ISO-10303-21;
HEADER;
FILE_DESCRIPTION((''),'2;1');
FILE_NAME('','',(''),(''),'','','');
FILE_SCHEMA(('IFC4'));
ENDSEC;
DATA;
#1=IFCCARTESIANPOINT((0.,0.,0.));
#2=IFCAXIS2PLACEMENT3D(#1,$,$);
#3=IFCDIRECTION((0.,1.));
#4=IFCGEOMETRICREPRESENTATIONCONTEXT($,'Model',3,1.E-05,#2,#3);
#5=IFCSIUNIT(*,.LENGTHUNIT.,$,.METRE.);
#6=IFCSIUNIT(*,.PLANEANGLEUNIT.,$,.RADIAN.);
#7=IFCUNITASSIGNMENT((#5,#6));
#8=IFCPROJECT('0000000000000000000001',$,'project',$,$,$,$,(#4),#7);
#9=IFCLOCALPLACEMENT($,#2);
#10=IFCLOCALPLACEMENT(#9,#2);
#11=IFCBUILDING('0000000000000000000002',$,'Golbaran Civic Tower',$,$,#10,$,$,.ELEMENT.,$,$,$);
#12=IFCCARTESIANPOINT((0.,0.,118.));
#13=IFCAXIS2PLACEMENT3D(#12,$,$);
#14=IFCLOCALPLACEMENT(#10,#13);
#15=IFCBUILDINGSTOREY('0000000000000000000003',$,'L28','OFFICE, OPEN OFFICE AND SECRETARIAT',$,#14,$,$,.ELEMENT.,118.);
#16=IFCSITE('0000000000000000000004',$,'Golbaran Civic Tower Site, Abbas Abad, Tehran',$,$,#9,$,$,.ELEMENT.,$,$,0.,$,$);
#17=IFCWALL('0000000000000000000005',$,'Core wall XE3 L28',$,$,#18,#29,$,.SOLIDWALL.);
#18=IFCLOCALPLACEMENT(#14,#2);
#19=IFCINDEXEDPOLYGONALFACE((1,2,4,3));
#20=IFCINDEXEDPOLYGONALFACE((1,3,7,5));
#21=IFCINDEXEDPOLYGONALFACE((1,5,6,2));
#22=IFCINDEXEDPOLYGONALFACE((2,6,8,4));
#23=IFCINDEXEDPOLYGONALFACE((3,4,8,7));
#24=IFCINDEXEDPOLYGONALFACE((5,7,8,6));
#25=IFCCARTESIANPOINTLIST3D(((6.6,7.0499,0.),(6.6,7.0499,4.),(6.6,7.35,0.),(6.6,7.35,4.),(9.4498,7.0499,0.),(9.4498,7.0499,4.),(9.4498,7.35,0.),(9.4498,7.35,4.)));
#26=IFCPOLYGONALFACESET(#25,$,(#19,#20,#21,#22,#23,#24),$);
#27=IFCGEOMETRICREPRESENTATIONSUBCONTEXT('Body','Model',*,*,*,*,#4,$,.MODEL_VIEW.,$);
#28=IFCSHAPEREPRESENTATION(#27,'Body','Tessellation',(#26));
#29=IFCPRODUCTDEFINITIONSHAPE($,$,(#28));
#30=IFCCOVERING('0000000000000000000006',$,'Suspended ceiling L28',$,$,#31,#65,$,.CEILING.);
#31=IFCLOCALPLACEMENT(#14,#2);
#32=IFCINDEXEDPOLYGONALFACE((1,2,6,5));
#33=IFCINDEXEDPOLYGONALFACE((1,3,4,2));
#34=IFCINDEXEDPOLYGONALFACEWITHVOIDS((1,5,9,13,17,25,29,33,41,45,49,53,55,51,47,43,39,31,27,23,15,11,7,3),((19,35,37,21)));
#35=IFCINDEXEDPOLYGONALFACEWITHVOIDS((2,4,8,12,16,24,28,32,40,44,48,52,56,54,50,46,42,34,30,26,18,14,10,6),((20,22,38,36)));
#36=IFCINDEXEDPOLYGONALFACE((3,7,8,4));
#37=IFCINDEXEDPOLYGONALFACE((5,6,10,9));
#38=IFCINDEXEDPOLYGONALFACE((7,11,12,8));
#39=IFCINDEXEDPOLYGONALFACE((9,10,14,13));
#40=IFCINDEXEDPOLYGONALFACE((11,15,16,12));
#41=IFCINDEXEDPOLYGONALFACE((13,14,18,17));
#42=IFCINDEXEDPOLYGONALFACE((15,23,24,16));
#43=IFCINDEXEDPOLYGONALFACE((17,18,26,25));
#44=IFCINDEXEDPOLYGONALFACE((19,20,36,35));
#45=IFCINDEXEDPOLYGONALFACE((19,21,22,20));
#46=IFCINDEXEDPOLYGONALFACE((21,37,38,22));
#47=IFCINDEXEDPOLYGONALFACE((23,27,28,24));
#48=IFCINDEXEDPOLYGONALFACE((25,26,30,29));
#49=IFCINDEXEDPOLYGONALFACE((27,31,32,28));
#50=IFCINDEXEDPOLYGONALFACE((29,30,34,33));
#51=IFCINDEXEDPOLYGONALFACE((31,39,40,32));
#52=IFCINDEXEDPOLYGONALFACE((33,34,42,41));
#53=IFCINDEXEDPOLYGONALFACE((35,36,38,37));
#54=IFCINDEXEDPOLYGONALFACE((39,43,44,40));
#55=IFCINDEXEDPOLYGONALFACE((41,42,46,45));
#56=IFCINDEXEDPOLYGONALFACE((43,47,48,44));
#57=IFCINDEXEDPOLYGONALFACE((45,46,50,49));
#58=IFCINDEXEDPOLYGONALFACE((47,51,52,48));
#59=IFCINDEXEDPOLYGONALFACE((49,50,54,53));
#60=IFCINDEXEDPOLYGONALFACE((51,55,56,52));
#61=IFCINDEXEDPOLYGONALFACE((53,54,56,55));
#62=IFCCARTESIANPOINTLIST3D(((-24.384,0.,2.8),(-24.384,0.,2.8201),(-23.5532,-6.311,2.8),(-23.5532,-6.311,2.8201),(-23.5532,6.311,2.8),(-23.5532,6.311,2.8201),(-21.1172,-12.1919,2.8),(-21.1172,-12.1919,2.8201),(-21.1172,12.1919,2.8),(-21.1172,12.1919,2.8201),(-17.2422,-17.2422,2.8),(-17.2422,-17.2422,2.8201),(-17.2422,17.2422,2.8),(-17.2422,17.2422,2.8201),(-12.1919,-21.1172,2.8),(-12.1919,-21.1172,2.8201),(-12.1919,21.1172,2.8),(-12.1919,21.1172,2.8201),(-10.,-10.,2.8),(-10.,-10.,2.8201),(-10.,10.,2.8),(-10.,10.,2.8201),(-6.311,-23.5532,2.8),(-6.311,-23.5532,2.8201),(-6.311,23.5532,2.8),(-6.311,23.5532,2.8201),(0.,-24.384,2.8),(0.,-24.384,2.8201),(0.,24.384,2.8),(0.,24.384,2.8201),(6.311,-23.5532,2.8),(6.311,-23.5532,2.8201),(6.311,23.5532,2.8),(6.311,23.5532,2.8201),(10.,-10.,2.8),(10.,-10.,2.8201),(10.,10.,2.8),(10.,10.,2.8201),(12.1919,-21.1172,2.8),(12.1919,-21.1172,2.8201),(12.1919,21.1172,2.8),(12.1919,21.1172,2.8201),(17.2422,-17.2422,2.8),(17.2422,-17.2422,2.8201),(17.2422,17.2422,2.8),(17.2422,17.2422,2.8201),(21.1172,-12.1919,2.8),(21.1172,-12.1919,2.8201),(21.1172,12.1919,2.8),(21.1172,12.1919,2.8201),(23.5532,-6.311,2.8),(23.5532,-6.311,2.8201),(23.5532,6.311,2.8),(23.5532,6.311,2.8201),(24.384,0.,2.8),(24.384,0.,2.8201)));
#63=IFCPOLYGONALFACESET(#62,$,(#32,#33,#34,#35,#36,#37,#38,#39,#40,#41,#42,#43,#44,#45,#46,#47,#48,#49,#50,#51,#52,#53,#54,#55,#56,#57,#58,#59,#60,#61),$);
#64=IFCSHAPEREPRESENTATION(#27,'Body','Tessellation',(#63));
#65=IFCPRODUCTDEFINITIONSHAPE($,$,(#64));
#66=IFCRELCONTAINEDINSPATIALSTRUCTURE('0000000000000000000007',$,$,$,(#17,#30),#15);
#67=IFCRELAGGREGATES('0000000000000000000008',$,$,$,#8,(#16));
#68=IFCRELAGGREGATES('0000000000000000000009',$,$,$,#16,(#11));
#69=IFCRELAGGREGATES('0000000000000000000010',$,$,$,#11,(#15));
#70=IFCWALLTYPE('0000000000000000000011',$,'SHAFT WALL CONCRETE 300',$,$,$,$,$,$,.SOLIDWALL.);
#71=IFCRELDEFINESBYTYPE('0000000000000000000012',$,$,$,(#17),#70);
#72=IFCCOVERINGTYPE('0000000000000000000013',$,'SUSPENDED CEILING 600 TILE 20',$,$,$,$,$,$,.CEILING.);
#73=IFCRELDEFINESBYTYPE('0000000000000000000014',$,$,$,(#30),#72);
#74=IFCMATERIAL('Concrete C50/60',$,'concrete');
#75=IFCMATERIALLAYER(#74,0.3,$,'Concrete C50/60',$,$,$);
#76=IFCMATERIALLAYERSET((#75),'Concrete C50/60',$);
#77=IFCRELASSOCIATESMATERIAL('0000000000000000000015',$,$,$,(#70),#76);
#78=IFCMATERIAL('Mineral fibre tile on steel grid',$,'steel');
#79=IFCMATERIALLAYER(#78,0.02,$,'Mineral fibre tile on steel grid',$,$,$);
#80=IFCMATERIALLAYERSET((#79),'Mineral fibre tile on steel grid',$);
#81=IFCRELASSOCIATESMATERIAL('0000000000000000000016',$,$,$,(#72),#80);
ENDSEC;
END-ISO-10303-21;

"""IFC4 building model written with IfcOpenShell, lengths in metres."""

from ifc_helpers import new_model, si_unit, direction, frame, frame_2d, origin, place, context, subcontext, project, spatial, polyline, rectangle, outline, extrude, material, layer, layer_set, type_object, element, save


model = new_model("IFC4")

# Units and contexts
model_context = context("Model", 3, precision=1e-05, world=origin(), true_north=direction((0.0, 1.0)))
body_context = subcontext(model_context, "Body", "Model", "MODEL_VIEW")
ifc_project = project(units=[si_unit("LENGTHUNIT", "METRE"), si_unit("PLANEANGLEUNIT", "RADIAN")], contexts=[model_context])

# Site, building, storey
site_placement = place(None, origin())
site = spatial("IfcSite", under=ifc_project, at=site_placement, Name="Golbaran Civic Tower Site, Abbas Abad, Tehran", CompositionType="ELEMENT", RefElevation=0.0)
building_placement = place(site_placement, origin())
building = spatial("IfcBuilding", under=site, at=building_placement, Name="Golbaran Civic Tower", CompositionType="ELEMENT")
storey_placement = place(building_placement, frame((0.0, 0.0, 118.0)))
storey = spatial("IfcBuildingStorey", under=building, at=storey_placement, Name="L28", Description="OFFICE, OPEN OFFICE AND SECRETARIAT", CompositionType="ELEMENT", Elevation=118.0)

# Shared definitions
ifc_material_1 = material(Name="Concrete C50/60", Category="concrete")

# Shared definitions
ifc_layer_1 = layer(ifc_material_1, 0.3, Name="Concrete C50/60")
ifc_layer_set_1 = layer_set([ifc_layer_1], Name="Concrete C50/60")
wall_type_1 = type_object("IfcWallType", Name="SHAFT WALL CONCRETE 300", PredefinedType="SOLIDWALL", material=ifc_layer_set_1)

# Wall
wall_1_placement = place(storey_placement, frame((6.6001, 7.2, 0.0), z_axis=(0.0, 0.0, 1.0), x_axis=(1.0, 0.0, 0.0)))
element("IfcWall", 1, at=wall_1_placement, inside=storey, type_object=wall_type_1, Name="Core wall XE3 L28", PredefinedType="SOLIDWALL", context=body_context, shape_type="SweptSolid", body=[
    extrude(rectangle(XDim=2.8499, YDim=0.3, at=frame_2d((1.4248, 0.0))), origin(), (0.0, 0.0, 1.0), 4.0),
])

# Covering
ifc_material_2 = material(Name="Mineral fibre tile on steel grid", Category="steel")
ifc_layer_2 = layer(ifc_material_2, 0.02, Name="Mineral fibre tile on steel grid")
ifc_layer_set_2 = layer_set([ifc_layer_2], Name="Mineral fibre tile on steel grid")
covering_type = type_object("IfcCoveringType", Name="SUSPENDED CEILING 600 TILE 20", PredefinedType="CEILING", material=ifc_layer_set_2)
covering_placement = place(storey_placement, frame((0.0, 0.0, 2.8)))
element("IfcCovering", 2, at=covering_placement, inside=storey, type_object=covering_type, Name="Suspended ceiling L28", PredefinedType="CEILING", context=body_context, shape_type="SweptSolid", body=[
    extrude(outline(polyline([(-12.1919, 21.1172), (-6.311, 23.5532), (0.0, 24.384), (6.311, 23.5532), (12.1919, 21.1172), (17.2422, 17.2422), (21.1172, 12.1919), (23.5532, 6.311), (24.384, 0.0), (23.5532, -6.311), (21.1172, -12.1919), (17.2422, -17.2422), (12.1919, -21.1172), (6.311, -23.5532), (0.0, -24.384), (-6.311, -23.5532), (-12.1919, -21.1172), (-17.2422, -17.2422), (-21.1172, -12.1919), (-23.5532, -6.311), (-24.384, 0.0), (-23.5532, 6.311), (-21.1172, 12.1919), (-17.2422, 17.2422), (-12.1919, 21.1172)]), holes=[polyline([(10.0, 10.0), (-10.0, 10.0), (-10.0, -10.0), (10.0, -10.0), (10.0, 10.0)])]), origin(), (0.0, 0.0, 1.0), 0.02),
])

save(model, "model.ifc")
